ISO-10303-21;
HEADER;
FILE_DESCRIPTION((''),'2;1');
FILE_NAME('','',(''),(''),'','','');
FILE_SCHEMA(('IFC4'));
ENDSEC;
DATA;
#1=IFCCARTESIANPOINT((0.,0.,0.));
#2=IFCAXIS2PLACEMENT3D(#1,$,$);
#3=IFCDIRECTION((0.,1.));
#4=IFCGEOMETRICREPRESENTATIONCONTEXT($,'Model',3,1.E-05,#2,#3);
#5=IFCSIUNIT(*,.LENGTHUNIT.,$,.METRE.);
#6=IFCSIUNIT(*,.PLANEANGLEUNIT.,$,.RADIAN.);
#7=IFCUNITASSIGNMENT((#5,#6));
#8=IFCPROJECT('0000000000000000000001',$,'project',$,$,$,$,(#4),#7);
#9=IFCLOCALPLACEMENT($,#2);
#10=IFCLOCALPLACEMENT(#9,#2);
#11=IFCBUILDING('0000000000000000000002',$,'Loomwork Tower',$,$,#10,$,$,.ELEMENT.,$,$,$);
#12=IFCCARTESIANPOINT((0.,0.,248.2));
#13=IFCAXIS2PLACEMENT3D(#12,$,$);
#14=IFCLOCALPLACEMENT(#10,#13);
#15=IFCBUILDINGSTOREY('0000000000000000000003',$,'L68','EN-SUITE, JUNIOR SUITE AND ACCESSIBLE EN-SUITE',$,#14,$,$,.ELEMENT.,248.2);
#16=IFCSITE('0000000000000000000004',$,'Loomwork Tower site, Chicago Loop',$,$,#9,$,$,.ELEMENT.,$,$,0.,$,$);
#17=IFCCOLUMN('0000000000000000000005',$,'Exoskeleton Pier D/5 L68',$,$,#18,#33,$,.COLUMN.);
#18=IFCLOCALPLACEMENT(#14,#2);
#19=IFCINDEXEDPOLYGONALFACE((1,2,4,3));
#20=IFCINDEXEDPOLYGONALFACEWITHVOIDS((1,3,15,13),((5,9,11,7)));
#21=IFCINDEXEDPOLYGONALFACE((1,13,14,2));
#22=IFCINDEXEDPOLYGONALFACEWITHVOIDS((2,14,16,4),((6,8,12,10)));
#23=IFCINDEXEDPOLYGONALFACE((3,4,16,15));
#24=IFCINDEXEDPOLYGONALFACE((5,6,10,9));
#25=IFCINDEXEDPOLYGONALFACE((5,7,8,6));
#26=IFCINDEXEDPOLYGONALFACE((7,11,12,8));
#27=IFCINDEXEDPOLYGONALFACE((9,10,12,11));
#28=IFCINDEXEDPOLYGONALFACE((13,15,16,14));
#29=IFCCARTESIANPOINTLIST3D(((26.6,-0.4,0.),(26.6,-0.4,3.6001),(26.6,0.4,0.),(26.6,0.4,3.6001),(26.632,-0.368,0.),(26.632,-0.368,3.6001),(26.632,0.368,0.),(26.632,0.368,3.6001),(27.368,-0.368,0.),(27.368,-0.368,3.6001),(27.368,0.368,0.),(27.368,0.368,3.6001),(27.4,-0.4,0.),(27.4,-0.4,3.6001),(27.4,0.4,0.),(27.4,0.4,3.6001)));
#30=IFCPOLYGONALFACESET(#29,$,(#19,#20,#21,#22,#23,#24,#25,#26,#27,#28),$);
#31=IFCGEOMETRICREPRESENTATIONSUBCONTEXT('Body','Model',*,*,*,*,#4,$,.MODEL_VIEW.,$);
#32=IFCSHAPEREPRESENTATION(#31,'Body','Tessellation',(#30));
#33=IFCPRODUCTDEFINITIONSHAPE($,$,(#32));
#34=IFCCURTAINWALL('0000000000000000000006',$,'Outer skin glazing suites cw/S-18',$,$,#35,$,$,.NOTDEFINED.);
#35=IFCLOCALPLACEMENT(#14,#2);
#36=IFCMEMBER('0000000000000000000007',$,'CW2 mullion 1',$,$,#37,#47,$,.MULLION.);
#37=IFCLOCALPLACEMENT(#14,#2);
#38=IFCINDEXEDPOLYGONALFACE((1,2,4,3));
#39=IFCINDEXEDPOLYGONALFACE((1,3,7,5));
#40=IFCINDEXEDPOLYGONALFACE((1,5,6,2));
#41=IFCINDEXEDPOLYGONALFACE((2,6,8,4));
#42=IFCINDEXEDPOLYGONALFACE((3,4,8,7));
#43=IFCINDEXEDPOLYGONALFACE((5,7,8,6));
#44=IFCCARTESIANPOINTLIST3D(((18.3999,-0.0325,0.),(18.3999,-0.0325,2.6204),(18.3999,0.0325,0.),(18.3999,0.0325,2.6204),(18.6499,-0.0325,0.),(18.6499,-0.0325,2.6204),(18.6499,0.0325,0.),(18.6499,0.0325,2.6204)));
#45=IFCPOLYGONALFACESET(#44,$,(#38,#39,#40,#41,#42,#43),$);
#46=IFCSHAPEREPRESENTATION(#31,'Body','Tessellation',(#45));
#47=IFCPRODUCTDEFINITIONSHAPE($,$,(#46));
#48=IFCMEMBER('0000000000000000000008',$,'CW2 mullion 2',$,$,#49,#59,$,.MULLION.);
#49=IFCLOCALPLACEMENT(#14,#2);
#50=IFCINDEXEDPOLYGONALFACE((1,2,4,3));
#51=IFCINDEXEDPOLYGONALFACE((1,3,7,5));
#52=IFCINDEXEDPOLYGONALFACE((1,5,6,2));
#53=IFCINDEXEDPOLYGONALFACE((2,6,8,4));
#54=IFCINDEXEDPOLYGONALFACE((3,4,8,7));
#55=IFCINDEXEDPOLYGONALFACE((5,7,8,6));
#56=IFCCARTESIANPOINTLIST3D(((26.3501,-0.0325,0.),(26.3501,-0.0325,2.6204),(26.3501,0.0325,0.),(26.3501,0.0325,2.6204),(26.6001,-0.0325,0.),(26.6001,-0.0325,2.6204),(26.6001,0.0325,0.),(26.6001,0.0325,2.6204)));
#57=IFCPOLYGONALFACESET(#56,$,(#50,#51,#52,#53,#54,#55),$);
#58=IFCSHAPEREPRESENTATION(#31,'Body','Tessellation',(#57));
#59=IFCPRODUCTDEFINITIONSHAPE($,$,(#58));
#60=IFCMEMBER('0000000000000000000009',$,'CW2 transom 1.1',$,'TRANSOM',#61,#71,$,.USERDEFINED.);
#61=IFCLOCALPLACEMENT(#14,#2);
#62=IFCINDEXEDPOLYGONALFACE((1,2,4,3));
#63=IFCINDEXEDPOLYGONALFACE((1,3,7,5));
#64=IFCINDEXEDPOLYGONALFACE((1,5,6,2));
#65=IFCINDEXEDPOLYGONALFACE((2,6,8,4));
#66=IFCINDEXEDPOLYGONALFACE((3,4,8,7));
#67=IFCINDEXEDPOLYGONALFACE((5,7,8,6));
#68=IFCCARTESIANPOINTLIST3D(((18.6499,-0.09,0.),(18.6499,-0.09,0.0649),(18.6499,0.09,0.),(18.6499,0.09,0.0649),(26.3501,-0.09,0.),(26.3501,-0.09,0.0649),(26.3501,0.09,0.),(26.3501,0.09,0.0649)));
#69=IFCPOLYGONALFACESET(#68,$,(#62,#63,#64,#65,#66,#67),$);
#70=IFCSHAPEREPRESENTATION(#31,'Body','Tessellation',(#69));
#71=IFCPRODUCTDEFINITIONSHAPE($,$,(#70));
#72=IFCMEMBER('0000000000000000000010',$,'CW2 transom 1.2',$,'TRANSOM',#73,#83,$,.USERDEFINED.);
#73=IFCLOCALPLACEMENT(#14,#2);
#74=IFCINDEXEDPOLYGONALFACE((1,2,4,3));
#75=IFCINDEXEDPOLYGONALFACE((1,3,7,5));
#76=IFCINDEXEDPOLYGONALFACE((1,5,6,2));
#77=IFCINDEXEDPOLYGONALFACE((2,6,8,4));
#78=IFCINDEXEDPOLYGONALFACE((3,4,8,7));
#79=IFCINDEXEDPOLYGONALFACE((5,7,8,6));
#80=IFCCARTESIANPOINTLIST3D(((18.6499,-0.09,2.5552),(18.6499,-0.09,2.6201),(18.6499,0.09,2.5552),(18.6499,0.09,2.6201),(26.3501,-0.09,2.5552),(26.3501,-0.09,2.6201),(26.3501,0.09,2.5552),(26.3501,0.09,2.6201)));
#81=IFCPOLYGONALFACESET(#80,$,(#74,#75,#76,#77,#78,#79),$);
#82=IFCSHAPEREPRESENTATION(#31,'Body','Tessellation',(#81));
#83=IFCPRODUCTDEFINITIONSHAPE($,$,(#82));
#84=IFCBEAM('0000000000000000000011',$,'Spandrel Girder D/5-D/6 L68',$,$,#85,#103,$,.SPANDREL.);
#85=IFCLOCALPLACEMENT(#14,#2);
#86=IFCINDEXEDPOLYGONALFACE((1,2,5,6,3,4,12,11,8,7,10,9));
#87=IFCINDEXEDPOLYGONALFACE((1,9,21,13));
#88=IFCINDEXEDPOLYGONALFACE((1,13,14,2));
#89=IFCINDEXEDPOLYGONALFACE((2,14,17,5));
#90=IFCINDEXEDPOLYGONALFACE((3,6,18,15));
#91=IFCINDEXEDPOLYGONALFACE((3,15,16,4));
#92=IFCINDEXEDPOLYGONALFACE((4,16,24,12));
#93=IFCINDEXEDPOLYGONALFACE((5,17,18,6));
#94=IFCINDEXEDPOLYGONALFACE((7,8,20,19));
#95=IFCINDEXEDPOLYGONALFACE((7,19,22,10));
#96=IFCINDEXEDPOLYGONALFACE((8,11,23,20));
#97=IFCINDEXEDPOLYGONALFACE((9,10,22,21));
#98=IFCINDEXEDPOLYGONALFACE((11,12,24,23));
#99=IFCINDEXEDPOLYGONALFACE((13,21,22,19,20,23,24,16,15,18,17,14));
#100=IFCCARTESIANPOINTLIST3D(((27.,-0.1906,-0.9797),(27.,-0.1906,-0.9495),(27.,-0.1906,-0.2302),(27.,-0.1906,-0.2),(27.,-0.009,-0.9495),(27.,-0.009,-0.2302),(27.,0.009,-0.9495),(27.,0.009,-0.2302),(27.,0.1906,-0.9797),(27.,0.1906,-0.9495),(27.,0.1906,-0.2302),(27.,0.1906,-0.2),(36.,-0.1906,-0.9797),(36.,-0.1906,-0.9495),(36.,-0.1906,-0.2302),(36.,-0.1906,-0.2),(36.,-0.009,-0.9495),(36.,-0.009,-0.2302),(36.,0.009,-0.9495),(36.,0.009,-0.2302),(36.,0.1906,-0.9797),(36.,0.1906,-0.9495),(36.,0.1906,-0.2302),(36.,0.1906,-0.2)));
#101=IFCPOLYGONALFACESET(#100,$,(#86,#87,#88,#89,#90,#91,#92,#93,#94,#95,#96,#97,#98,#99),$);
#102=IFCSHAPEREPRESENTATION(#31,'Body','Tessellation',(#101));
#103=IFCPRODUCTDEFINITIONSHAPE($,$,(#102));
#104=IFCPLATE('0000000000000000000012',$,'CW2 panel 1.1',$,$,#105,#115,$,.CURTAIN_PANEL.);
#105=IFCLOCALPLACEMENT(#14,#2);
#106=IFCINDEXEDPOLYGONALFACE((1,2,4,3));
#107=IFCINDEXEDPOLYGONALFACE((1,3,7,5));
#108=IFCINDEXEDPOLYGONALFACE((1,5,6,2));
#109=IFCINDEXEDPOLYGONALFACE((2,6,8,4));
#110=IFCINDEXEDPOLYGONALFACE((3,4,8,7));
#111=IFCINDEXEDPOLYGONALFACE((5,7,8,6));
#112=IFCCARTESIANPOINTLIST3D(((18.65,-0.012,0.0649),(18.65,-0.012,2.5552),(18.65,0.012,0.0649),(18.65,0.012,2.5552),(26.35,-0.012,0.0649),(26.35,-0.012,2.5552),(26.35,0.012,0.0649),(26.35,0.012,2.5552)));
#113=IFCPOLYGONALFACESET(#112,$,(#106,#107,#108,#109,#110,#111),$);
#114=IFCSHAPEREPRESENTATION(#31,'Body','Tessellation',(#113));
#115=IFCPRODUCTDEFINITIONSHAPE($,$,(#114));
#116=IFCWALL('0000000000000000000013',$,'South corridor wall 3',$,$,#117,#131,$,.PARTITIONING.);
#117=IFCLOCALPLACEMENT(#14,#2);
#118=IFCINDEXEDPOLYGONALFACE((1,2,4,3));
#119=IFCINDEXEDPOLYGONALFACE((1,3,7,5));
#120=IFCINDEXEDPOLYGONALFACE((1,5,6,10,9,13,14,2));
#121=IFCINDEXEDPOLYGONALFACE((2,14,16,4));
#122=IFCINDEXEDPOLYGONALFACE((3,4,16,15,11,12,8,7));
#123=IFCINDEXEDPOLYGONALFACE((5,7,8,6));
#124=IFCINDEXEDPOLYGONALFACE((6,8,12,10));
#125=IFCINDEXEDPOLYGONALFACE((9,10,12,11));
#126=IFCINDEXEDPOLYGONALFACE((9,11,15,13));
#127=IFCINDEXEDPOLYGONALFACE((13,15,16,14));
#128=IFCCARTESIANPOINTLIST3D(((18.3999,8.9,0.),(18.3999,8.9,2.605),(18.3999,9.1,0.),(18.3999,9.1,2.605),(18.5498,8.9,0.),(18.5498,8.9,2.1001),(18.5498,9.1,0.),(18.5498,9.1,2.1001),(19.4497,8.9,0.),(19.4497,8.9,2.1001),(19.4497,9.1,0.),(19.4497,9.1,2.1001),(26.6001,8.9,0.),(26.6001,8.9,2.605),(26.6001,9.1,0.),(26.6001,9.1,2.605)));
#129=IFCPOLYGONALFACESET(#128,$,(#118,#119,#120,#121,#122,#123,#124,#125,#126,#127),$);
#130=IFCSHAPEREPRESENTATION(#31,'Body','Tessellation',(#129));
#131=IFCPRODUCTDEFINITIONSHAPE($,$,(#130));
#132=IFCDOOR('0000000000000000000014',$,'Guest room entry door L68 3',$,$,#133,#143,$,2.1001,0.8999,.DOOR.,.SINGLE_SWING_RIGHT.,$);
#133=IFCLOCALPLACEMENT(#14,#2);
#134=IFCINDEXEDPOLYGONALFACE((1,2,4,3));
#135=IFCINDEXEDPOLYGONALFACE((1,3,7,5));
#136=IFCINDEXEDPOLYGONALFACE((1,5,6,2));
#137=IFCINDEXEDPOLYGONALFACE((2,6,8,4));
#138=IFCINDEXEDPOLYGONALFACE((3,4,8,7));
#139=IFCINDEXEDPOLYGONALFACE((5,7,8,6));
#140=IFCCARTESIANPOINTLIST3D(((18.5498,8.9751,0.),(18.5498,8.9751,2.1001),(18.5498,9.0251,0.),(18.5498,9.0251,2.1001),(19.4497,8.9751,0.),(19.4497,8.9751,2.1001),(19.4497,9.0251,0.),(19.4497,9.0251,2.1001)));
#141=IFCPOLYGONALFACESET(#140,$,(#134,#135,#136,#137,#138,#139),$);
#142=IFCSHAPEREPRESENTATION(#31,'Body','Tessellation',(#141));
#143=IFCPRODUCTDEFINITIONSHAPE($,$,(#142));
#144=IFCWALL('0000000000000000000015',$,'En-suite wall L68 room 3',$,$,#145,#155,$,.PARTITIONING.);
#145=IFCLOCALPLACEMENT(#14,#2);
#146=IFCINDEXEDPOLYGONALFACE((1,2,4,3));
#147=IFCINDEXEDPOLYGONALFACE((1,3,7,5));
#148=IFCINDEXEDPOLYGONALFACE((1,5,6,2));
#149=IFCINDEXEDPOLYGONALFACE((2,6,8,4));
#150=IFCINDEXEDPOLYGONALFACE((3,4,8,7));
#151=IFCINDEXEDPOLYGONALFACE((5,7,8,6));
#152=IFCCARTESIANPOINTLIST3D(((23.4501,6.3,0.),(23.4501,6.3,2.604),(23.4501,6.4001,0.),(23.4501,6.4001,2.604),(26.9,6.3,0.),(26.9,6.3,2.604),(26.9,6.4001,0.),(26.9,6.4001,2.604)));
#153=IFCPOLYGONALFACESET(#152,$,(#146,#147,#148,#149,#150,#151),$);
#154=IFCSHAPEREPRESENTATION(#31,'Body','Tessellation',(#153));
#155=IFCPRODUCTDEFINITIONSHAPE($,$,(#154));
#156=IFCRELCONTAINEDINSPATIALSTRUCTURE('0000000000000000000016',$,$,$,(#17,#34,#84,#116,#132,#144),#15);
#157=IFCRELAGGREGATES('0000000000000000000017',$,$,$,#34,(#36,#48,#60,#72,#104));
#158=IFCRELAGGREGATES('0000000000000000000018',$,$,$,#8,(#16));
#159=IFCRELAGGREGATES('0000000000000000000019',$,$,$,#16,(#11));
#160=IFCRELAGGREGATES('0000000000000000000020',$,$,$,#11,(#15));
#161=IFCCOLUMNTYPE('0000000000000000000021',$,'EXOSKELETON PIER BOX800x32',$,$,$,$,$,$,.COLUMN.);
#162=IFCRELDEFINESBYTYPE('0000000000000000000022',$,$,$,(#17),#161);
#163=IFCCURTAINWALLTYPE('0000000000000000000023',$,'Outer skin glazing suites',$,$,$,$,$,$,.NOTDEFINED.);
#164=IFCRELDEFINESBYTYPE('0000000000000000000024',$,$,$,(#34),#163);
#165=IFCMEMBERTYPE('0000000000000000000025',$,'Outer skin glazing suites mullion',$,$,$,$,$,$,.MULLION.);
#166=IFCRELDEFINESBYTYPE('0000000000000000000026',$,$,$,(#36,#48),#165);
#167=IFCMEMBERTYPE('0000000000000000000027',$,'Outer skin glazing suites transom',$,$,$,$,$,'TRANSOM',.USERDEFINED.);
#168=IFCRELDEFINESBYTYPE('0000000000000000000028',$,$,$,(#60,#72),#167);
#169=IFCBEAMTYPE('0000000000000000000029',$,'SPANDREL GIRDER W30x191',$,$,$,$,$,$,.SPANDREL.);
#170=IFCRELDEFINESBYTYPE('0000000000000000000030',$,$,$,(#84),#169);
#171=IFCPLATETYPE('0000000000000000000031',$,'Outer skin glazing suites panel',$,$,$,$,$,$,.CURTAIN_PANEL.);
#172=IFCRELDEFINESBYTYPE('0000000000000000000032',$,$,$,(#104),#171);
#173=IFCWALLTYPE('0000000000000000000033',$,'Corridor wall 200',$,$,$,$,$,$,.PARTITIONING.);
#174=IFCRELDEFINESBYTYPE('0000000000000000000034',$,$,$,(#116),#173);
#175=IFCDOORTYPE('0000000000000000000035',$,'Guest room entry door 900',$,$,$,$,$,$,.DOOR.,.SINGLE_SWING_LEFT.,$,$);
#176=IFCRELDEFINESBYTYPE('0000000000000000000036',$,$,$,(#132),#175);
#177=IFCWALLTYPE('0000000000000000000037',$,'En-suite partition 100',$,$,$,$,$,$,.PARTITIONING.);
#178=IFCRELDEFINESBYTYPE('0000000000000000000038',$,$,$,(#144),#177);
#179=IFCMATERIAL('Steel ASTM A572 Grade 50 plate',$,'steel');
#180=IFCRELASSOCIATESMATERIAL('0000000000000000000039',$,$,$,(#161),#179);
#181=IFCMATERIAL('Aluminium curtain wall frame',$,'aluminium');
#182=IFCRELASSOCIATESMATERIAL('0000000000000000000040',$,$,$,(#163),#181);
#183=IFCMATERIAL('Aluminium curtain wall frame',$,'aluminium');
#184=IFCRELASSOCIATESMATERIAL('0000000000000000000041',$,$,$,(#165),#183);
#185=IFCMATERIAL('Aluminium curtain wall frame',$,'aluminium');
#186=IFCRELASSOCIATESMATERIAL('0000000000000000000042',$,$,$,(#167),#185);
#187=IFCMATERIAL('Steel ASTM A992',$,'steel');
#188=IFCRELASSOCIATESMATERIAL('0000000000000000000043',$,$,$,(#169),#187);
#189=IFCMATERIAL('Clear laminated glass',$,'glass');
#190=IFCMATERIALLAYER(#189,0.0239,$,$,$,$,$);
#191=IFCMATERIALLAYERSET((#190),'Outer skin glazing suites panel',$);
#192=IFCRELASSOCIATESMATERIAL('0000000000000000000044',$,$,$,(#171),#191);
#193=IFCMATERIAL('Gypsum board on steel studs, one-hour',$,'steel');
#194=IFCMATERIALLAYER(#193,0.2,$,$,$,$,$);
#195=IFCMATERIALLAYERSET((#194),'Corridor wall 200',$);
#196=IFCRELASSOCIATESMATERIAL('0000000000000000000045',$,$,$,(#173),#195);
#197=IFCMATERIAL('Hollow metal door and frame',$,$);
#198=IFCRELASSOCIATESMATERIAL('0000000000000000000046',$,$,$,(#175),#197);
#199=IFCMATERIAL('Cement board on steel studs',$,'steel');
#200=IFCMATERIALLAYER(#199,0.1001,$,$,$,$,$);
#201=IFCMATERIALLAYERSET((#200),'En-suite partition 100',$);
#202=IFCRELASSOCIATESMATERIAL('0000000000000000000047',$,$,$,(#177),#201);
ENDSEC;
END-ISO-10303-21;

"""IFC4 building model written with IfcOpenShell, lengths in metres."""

from ifc_helpers import new_model, si_unit, direction, frame, frame_2d, origin, origin_2d, place, context, subcontext, project, spatial, rectangle, hollow_rectangle, i_section, extrude, material, layer, layer_set, material_profile, profile_set, type_object, element, fill, aggregate, save


model = new_model("IFC4")

# Units and contexts
model_context = context("Model", 3, precision=1e-05, world=origin(), true_north=direction((0.0, 1.0)))
body_context = subcontext(model_context, "Body", "Model", "MODEL_VIEW")
ifc_project = project(units=[si_unit("LENGTHUNIT", "METRE"), si_unit("PLANEANGLEUNIT", "RADIAN")], contexts=[model_context])

# Site, building, storey
site_placement = place(None, origin())
site = spatial("IfcSite", under=ifc_project, at=site_placement, Name="Loomwork Tower site, Chicago Loop", CompositionType="ELEMENT", RefElevation=0.0)
building_placement = place(site_placement, origin())
building = spatial("IfcBuilding", under=site, at=building_placement, Name="Loomwork Tower", CompositionType="ELEMENT")
storey_placement = place(building_placement, frame((0.0, 0.0, 248.2)))
storey = spatial("IfcBuildingStorey", under=building, at=storey_placement, Name="L68", Description="EN-SUITE, JUNIOR SUITE AND ACCESSIBLE EN-SUITE", CompositionType="ELEMENT", Elevation=248.2)

# Column
ifc_material_1 = material(Name="Steel ASTM A572 Grade 50 plate", Category="steel")
ifc_material_profile_1 = material_profile(ifc_material_1, hollow_rectangle(XDim=0.8, YDim=0.8, WallThickness=0.032, at=origin_2d()), Name="BOX800x32")
ifc_profile_set_1 = profile_set([ifc_material_profile_1], Name="Steel ASTM A572 Grade 50 plate")
column_type = type_object("IfcColumnType", Name="EXOSKELETON PIER BOX800x32", PredefinedType="COLUMN", material=ifc_profile_set_1)
column_placement = place(storey_placement, frame((27.0, 0.0, 0.0), z_axis=(0.0, 0.0, 1.0), x_axis=(1.0, 0.0, 0.0)))
element("IfcColumn", 1, at=column_placement, inside=storey, type_object=column_type, Name="Exoskeleton Pier D/5 L68", PredefinedType="COLUMN", context=body_context, shape_type="SweptSolid", body=[
    extrude(hollow_rectangle(XDim=0.8, YDim=0.8, WallThickness=0.032, at=origin_2d()), origin(), (0.0, 0.0, 1.0), 3.6001),
])

# Curtain wall, members
ifc_material_2 = material(Name="Aluminium curtain wall frame", Category="aluminium")
curtain_wall_type = type_object("IfcCurtainWallType", Name="Outer skin glazing suites", PredefinedType="NOTDEFINED", material=ifc_material_2)
curtain_wall_placement = place(storey_placement, origin())
curtain_wall = element("IfcCurtainWall", 2, at=curtain_wall_placement, inside=storey, type_object=curtain_wall_type, Name="Outer skin glazing suites cw/S-18", PredefinedType="NOTDEFINED")
ifc_material_3 = material(Name="Aluminium curtain wall frame", Category="aluminium")
ifc_material_profile_2 = material_profile(ifc_material_3, rectangle(XDim=0.0649, YDim=0.25, at=origin_2d()), Name="AL 65x250")
ifc_profile_set_2 = profile_set([ifc_material_profile_2], Name="Aluminium curtain wall frame")
member_type_1 = type_object("IfcMemberType", Name="Outer skin glazing suites mullion", PredefinedType="MULLION", material=ifc_profile_set_2)
member_1_placement = place(storey_placement, frame((18.5249, 0.0, 0.0), z_axis=(0.0, 0.0, 1.0), x_axis=(0.0, 1.0, 0.0)))
member_1 = element("IfcMember", 3, at=member_1_placement, type_object=member_type_1, Name="CW2 mullion 1", PredefinedType="MULLION", context=body_context, shape_type="SweptSolid", body=[
    extrude(rectangle(XDim=0.0649, YDim=0.25, at=origin_2d()), origin(), (0.0, 0.0, 1.0), 2.6204),
])
member_2_placement = place(storey_placement, frame((26.4751, 0.0, 0.0), z_axis=(0.0, 0.0, 1.0), x_axis=(0.0, 1.0, 0.0)))
member_2 = element("IfcMember", 4, at=member_2_placement, type_object=member_type_1, Name="CW2 mullion 2", PredefinedType="MULLION", context=body_context, shape_type="SweptSolid", body=[
    extrude(rectangle(XDim=0.0649, YDim=0.25, at=origin_2d()), origin(), (0.0, 0.0, 1.0), 2.6204),
])
ifc_material_4 = material(Name="Aluminium curtain wall frame", Category="aluminium")
ifc_material_profile_3 = material_profile(ifc_material_4, rectangle(XDim=0.1799, YDim=0.0649, at=origin_2d()), Name="AL 65x180")
ifc_profile_set_3 = profile_set([ifc_material_profile_3], Name="Aluminium curtain wall frame")
member_type_2 = type_object("IfcMemberType", Name="Outer skin glazing suites transom", ElementType="TRANSOM", PredefinedType="USERDEFINED", material=ifc_profile_set_3)
member_3_placement = place(storey_placement, frame((18.6499, 0.0, 0.0325), z_axis=(1.0, 0.0, 0.0), x_axis=(0.0, 1.0, 0.0)))
member_3 = element("IfcMember", 5, at=member_3_placement, type_object=member_type_2, Name="CW2 transom 1.1", ObjectType="TRANSOM", PredefinedType="USERDEFINED", context=body_context, shape_type="SweptSolid", body=[
    extrude(rectangle(XDim=0.1799, YDim=0.0649, at=origin_2d()), origin(), (0.0, 0.0, 1.0), 7.7002),
])
member_4_placement = place(storey_placement, frame((18.6499, 0.0, 2.5876), z_axis=(1.0, 0.0, 0.0), x_axis=(0.0, 1.0, 0.0)))
member_4 = element("IfcMember", 6, at=member_4_placement, type_object=member_type_2, Name="CW2 transom 1.2", ObjectType="TRANSOM", PredefinedType="USERDEFINED", context=body_context, shape_type="SweptSolid", body=[
    extrude(rectangle(XDim=0.1799, YDim=0.0649, at=origin_2d()), origin(), (0.0, 0.0, 1.0), 7.7002),
])

# Beam
ifc_material_5 = material(Name="Steel ASTM A992", Category="steel")
ifc_material_profile_4 = material_profile(ifc_material_5, i_section(OverallWidth=0.3811, OverallDepth=0.7798, WebThickness=0.0181, FlangeThickness=0.0303, at=origin_2d()), Name="W30x191")
ifc_profile_set_4 = profile_set([ifc_material_profile_4], Name="Steel ASTM A992")
beam_type = type_object("IfcBeamType", Name="SPANDREL GIRDER W30x191", PredefinedType="SPANDREL", material=ifc_profile_set_4)
beam_placement = place(storey_placement, frame((27.0, 0.0, -0.5898), z_axis=(1.0, 0.0, 0.0), x_axis=(0.0, 1.0, 0.0)))
element("IfcBeam", 7, at=beam_placement, inside=storey, type_object=beam_type, Name="Spandrel Girder D/5-D/6 L68", PredefinedType="SPANDREL", context=body_context, shape_type="SweptSolid", body=[
    extrude(i_section(OverallWidth=0.3811, OverallDepth=0.7798, WebThickness=0.0181, FlangeThickness=0.0303, at=origin_2d()), origin(), (0.0, 0.0, 1.0), 9.0),
])

# Plate
ifc_material_6 = material(Name="Clear laminated glass", Category="glass")
ifc_layer_1 = layer(ifc_material_6, 0.0239)
ifc_layer_set_1 = layer_set([ifc_layer_1], Name="Outer skin glazing suites panel")
plate_type = type_object("IfcPlateType", Name="Outer skin glazing suites panel", PredefinedType="CURTAIN_PANEL", material=ifc_layer_set_1)
plate_placement = place(storey_placement, frame((22.5, 0.0, 0.0649), z_axis=(0.0, 0.0, 1.0), x_axis=(1.0, 0.0, 0.0)))
plate = element("IfcPlate", 8, at=plate_placement, type_object=plate_type, Name="CW2 panel 1.1", PredefinedType="CURTAIN_PANEL", context=body_context, shape_type="SweptSolid", body=[
    extrude(rectangle(XDim=7.7, YDim=0.0239, at=origin_2d()), origin(), (0.0, 0.0, 1.0), 2.4902),
])
aggregate(curtain_wall, [member_1, member_2, member_3, member_4, plate])

# Wall, opening, door
ifc_material_7 = material(Name="Gypsum board on steel studs, one-hour", Category="steel")
ifc_layer_2 = layer(ifc_material_7, 0.2)
ifc_layer_set_2 = layer_set([ifc_layer_2], Name="Corridor wall 200")
wall_type_1 = type_object("IfcWallType", Name="Corridor wall 200", PredefinedType="PARTITIONING", material=ifc_layer_set_2)
wall_1_placement = place(storey_placement, frame((18.3999, 9.0, 0.0), z_axis=(0.0, 0.0, 1.0), x_axis=(1.0, 0.0, 0.0)))
wall_1 = element("IfcWall", 9, at=wall_1_placement, inside=storey, type_object=wall_type_1, Name="South corridor wall 3", PredefinedType="PARTITIONING", context=body_context, shape_type="SweptSolid", body=[
    extrude(rectangle(XDim=8.2002, YDim=0.2, at=frame_2d((4.1001, 0.0))), origin(), (0.0, 0.0, 1.0), 2.605),
])
opening_1_placement = place(wall_1_placement, frame((0.1499, 0.0, 0.0)))
opening_1 = element("IfcOpeningElement", 10, at=opening_1_placement, cuts=wall_1, PredefinedType="OPENING", context=body_context, shape_type="SweptSolid", body=[
    extrude(rectangle(XDim=0.8999, YDim=2.1001, at=frame_2d((0.45, 1.05))), frame((0.0, 0.1099, 0.0), z_axis=(0.0, -1.0, 0.0), x_axis=(1.0, 0.0, 0.0)), (0.0, 0.0, 1.0), 0.22),
])
ifc_material_8 = material(Name="Hollow metal door and frame")
door_type_1 = type_object("IfcDoorType", Name="Guest room entry door 900", OperationType="SINGLE_SWING_LEFT", PredefinedType="DOOR", material=ifc_material_8)
door_1_placement = place(opening_1_placement, frame((0.8999, 0.0, 0.0), z_axis=(0.0, 0.0, 1.0), x_axis=(-1.0, 0.0, 0.0)))
door_1 = element("IfcDoor", 11, at=door_1_placement, inside=storey, type_object=door_type_1, Name="Guest room entry door L68 3", OperationType="SINGLE_SWING_RIGHT", OverallHeight=2.1001, OverallWidth=0.8999, PredefinedType="DOOR", context=body_context, shape_type="SweptSolid", body=[
    extrude(rectangle(XDim=0.8999, YDim=2.1001, at=frame_2d((0.45, 1.05))), frame((0.0, 0.0249, 0.0), z_axis=(0.0, -1.0, 0.0), x_axis=(1.0, 0.0, 0.0)), (0.0, 0.0, 1.0), 0.05),
])
fill(opening_1, door_1)

# Wall
ifc_material_9 = material(Name="Cement board on steel studs", Category="steel")
ifc_layer_3 = layer(ifc_material_9, 0.1001)
ifc_layer_set_3 = layer_set([ifc_layer_3], Name="En-suite partition 100")
wall_type_2 = type_object("IfcWallType", Name="En-suite partition 100", PredefinedType="PARTITIONING", material=ifc_layer_set_3)
wall_2_placement = place(storey_placement, frame((23.45, 6.3501, 0.0), z_axis=(0.0, 0.0, 1.0), x_axis=(1.0, 0.0, 0.0)))
element("IfcWall", 12, at=wall_2_placement, inside=storey, type_object=wall_type_2, Name="En-suite wall L68 room 3", PredefinedType="PARTITIONING", context=body_context, shape_type="SweptSolid", body=[
    extrude(rectangle(XDim=3.45, YDim=0.1001, at=frame_2d((1.7251, 0.0))), origin(), (0.0, 0.0, 1.0), 2.604),
])

save(model, "model.ifc")
